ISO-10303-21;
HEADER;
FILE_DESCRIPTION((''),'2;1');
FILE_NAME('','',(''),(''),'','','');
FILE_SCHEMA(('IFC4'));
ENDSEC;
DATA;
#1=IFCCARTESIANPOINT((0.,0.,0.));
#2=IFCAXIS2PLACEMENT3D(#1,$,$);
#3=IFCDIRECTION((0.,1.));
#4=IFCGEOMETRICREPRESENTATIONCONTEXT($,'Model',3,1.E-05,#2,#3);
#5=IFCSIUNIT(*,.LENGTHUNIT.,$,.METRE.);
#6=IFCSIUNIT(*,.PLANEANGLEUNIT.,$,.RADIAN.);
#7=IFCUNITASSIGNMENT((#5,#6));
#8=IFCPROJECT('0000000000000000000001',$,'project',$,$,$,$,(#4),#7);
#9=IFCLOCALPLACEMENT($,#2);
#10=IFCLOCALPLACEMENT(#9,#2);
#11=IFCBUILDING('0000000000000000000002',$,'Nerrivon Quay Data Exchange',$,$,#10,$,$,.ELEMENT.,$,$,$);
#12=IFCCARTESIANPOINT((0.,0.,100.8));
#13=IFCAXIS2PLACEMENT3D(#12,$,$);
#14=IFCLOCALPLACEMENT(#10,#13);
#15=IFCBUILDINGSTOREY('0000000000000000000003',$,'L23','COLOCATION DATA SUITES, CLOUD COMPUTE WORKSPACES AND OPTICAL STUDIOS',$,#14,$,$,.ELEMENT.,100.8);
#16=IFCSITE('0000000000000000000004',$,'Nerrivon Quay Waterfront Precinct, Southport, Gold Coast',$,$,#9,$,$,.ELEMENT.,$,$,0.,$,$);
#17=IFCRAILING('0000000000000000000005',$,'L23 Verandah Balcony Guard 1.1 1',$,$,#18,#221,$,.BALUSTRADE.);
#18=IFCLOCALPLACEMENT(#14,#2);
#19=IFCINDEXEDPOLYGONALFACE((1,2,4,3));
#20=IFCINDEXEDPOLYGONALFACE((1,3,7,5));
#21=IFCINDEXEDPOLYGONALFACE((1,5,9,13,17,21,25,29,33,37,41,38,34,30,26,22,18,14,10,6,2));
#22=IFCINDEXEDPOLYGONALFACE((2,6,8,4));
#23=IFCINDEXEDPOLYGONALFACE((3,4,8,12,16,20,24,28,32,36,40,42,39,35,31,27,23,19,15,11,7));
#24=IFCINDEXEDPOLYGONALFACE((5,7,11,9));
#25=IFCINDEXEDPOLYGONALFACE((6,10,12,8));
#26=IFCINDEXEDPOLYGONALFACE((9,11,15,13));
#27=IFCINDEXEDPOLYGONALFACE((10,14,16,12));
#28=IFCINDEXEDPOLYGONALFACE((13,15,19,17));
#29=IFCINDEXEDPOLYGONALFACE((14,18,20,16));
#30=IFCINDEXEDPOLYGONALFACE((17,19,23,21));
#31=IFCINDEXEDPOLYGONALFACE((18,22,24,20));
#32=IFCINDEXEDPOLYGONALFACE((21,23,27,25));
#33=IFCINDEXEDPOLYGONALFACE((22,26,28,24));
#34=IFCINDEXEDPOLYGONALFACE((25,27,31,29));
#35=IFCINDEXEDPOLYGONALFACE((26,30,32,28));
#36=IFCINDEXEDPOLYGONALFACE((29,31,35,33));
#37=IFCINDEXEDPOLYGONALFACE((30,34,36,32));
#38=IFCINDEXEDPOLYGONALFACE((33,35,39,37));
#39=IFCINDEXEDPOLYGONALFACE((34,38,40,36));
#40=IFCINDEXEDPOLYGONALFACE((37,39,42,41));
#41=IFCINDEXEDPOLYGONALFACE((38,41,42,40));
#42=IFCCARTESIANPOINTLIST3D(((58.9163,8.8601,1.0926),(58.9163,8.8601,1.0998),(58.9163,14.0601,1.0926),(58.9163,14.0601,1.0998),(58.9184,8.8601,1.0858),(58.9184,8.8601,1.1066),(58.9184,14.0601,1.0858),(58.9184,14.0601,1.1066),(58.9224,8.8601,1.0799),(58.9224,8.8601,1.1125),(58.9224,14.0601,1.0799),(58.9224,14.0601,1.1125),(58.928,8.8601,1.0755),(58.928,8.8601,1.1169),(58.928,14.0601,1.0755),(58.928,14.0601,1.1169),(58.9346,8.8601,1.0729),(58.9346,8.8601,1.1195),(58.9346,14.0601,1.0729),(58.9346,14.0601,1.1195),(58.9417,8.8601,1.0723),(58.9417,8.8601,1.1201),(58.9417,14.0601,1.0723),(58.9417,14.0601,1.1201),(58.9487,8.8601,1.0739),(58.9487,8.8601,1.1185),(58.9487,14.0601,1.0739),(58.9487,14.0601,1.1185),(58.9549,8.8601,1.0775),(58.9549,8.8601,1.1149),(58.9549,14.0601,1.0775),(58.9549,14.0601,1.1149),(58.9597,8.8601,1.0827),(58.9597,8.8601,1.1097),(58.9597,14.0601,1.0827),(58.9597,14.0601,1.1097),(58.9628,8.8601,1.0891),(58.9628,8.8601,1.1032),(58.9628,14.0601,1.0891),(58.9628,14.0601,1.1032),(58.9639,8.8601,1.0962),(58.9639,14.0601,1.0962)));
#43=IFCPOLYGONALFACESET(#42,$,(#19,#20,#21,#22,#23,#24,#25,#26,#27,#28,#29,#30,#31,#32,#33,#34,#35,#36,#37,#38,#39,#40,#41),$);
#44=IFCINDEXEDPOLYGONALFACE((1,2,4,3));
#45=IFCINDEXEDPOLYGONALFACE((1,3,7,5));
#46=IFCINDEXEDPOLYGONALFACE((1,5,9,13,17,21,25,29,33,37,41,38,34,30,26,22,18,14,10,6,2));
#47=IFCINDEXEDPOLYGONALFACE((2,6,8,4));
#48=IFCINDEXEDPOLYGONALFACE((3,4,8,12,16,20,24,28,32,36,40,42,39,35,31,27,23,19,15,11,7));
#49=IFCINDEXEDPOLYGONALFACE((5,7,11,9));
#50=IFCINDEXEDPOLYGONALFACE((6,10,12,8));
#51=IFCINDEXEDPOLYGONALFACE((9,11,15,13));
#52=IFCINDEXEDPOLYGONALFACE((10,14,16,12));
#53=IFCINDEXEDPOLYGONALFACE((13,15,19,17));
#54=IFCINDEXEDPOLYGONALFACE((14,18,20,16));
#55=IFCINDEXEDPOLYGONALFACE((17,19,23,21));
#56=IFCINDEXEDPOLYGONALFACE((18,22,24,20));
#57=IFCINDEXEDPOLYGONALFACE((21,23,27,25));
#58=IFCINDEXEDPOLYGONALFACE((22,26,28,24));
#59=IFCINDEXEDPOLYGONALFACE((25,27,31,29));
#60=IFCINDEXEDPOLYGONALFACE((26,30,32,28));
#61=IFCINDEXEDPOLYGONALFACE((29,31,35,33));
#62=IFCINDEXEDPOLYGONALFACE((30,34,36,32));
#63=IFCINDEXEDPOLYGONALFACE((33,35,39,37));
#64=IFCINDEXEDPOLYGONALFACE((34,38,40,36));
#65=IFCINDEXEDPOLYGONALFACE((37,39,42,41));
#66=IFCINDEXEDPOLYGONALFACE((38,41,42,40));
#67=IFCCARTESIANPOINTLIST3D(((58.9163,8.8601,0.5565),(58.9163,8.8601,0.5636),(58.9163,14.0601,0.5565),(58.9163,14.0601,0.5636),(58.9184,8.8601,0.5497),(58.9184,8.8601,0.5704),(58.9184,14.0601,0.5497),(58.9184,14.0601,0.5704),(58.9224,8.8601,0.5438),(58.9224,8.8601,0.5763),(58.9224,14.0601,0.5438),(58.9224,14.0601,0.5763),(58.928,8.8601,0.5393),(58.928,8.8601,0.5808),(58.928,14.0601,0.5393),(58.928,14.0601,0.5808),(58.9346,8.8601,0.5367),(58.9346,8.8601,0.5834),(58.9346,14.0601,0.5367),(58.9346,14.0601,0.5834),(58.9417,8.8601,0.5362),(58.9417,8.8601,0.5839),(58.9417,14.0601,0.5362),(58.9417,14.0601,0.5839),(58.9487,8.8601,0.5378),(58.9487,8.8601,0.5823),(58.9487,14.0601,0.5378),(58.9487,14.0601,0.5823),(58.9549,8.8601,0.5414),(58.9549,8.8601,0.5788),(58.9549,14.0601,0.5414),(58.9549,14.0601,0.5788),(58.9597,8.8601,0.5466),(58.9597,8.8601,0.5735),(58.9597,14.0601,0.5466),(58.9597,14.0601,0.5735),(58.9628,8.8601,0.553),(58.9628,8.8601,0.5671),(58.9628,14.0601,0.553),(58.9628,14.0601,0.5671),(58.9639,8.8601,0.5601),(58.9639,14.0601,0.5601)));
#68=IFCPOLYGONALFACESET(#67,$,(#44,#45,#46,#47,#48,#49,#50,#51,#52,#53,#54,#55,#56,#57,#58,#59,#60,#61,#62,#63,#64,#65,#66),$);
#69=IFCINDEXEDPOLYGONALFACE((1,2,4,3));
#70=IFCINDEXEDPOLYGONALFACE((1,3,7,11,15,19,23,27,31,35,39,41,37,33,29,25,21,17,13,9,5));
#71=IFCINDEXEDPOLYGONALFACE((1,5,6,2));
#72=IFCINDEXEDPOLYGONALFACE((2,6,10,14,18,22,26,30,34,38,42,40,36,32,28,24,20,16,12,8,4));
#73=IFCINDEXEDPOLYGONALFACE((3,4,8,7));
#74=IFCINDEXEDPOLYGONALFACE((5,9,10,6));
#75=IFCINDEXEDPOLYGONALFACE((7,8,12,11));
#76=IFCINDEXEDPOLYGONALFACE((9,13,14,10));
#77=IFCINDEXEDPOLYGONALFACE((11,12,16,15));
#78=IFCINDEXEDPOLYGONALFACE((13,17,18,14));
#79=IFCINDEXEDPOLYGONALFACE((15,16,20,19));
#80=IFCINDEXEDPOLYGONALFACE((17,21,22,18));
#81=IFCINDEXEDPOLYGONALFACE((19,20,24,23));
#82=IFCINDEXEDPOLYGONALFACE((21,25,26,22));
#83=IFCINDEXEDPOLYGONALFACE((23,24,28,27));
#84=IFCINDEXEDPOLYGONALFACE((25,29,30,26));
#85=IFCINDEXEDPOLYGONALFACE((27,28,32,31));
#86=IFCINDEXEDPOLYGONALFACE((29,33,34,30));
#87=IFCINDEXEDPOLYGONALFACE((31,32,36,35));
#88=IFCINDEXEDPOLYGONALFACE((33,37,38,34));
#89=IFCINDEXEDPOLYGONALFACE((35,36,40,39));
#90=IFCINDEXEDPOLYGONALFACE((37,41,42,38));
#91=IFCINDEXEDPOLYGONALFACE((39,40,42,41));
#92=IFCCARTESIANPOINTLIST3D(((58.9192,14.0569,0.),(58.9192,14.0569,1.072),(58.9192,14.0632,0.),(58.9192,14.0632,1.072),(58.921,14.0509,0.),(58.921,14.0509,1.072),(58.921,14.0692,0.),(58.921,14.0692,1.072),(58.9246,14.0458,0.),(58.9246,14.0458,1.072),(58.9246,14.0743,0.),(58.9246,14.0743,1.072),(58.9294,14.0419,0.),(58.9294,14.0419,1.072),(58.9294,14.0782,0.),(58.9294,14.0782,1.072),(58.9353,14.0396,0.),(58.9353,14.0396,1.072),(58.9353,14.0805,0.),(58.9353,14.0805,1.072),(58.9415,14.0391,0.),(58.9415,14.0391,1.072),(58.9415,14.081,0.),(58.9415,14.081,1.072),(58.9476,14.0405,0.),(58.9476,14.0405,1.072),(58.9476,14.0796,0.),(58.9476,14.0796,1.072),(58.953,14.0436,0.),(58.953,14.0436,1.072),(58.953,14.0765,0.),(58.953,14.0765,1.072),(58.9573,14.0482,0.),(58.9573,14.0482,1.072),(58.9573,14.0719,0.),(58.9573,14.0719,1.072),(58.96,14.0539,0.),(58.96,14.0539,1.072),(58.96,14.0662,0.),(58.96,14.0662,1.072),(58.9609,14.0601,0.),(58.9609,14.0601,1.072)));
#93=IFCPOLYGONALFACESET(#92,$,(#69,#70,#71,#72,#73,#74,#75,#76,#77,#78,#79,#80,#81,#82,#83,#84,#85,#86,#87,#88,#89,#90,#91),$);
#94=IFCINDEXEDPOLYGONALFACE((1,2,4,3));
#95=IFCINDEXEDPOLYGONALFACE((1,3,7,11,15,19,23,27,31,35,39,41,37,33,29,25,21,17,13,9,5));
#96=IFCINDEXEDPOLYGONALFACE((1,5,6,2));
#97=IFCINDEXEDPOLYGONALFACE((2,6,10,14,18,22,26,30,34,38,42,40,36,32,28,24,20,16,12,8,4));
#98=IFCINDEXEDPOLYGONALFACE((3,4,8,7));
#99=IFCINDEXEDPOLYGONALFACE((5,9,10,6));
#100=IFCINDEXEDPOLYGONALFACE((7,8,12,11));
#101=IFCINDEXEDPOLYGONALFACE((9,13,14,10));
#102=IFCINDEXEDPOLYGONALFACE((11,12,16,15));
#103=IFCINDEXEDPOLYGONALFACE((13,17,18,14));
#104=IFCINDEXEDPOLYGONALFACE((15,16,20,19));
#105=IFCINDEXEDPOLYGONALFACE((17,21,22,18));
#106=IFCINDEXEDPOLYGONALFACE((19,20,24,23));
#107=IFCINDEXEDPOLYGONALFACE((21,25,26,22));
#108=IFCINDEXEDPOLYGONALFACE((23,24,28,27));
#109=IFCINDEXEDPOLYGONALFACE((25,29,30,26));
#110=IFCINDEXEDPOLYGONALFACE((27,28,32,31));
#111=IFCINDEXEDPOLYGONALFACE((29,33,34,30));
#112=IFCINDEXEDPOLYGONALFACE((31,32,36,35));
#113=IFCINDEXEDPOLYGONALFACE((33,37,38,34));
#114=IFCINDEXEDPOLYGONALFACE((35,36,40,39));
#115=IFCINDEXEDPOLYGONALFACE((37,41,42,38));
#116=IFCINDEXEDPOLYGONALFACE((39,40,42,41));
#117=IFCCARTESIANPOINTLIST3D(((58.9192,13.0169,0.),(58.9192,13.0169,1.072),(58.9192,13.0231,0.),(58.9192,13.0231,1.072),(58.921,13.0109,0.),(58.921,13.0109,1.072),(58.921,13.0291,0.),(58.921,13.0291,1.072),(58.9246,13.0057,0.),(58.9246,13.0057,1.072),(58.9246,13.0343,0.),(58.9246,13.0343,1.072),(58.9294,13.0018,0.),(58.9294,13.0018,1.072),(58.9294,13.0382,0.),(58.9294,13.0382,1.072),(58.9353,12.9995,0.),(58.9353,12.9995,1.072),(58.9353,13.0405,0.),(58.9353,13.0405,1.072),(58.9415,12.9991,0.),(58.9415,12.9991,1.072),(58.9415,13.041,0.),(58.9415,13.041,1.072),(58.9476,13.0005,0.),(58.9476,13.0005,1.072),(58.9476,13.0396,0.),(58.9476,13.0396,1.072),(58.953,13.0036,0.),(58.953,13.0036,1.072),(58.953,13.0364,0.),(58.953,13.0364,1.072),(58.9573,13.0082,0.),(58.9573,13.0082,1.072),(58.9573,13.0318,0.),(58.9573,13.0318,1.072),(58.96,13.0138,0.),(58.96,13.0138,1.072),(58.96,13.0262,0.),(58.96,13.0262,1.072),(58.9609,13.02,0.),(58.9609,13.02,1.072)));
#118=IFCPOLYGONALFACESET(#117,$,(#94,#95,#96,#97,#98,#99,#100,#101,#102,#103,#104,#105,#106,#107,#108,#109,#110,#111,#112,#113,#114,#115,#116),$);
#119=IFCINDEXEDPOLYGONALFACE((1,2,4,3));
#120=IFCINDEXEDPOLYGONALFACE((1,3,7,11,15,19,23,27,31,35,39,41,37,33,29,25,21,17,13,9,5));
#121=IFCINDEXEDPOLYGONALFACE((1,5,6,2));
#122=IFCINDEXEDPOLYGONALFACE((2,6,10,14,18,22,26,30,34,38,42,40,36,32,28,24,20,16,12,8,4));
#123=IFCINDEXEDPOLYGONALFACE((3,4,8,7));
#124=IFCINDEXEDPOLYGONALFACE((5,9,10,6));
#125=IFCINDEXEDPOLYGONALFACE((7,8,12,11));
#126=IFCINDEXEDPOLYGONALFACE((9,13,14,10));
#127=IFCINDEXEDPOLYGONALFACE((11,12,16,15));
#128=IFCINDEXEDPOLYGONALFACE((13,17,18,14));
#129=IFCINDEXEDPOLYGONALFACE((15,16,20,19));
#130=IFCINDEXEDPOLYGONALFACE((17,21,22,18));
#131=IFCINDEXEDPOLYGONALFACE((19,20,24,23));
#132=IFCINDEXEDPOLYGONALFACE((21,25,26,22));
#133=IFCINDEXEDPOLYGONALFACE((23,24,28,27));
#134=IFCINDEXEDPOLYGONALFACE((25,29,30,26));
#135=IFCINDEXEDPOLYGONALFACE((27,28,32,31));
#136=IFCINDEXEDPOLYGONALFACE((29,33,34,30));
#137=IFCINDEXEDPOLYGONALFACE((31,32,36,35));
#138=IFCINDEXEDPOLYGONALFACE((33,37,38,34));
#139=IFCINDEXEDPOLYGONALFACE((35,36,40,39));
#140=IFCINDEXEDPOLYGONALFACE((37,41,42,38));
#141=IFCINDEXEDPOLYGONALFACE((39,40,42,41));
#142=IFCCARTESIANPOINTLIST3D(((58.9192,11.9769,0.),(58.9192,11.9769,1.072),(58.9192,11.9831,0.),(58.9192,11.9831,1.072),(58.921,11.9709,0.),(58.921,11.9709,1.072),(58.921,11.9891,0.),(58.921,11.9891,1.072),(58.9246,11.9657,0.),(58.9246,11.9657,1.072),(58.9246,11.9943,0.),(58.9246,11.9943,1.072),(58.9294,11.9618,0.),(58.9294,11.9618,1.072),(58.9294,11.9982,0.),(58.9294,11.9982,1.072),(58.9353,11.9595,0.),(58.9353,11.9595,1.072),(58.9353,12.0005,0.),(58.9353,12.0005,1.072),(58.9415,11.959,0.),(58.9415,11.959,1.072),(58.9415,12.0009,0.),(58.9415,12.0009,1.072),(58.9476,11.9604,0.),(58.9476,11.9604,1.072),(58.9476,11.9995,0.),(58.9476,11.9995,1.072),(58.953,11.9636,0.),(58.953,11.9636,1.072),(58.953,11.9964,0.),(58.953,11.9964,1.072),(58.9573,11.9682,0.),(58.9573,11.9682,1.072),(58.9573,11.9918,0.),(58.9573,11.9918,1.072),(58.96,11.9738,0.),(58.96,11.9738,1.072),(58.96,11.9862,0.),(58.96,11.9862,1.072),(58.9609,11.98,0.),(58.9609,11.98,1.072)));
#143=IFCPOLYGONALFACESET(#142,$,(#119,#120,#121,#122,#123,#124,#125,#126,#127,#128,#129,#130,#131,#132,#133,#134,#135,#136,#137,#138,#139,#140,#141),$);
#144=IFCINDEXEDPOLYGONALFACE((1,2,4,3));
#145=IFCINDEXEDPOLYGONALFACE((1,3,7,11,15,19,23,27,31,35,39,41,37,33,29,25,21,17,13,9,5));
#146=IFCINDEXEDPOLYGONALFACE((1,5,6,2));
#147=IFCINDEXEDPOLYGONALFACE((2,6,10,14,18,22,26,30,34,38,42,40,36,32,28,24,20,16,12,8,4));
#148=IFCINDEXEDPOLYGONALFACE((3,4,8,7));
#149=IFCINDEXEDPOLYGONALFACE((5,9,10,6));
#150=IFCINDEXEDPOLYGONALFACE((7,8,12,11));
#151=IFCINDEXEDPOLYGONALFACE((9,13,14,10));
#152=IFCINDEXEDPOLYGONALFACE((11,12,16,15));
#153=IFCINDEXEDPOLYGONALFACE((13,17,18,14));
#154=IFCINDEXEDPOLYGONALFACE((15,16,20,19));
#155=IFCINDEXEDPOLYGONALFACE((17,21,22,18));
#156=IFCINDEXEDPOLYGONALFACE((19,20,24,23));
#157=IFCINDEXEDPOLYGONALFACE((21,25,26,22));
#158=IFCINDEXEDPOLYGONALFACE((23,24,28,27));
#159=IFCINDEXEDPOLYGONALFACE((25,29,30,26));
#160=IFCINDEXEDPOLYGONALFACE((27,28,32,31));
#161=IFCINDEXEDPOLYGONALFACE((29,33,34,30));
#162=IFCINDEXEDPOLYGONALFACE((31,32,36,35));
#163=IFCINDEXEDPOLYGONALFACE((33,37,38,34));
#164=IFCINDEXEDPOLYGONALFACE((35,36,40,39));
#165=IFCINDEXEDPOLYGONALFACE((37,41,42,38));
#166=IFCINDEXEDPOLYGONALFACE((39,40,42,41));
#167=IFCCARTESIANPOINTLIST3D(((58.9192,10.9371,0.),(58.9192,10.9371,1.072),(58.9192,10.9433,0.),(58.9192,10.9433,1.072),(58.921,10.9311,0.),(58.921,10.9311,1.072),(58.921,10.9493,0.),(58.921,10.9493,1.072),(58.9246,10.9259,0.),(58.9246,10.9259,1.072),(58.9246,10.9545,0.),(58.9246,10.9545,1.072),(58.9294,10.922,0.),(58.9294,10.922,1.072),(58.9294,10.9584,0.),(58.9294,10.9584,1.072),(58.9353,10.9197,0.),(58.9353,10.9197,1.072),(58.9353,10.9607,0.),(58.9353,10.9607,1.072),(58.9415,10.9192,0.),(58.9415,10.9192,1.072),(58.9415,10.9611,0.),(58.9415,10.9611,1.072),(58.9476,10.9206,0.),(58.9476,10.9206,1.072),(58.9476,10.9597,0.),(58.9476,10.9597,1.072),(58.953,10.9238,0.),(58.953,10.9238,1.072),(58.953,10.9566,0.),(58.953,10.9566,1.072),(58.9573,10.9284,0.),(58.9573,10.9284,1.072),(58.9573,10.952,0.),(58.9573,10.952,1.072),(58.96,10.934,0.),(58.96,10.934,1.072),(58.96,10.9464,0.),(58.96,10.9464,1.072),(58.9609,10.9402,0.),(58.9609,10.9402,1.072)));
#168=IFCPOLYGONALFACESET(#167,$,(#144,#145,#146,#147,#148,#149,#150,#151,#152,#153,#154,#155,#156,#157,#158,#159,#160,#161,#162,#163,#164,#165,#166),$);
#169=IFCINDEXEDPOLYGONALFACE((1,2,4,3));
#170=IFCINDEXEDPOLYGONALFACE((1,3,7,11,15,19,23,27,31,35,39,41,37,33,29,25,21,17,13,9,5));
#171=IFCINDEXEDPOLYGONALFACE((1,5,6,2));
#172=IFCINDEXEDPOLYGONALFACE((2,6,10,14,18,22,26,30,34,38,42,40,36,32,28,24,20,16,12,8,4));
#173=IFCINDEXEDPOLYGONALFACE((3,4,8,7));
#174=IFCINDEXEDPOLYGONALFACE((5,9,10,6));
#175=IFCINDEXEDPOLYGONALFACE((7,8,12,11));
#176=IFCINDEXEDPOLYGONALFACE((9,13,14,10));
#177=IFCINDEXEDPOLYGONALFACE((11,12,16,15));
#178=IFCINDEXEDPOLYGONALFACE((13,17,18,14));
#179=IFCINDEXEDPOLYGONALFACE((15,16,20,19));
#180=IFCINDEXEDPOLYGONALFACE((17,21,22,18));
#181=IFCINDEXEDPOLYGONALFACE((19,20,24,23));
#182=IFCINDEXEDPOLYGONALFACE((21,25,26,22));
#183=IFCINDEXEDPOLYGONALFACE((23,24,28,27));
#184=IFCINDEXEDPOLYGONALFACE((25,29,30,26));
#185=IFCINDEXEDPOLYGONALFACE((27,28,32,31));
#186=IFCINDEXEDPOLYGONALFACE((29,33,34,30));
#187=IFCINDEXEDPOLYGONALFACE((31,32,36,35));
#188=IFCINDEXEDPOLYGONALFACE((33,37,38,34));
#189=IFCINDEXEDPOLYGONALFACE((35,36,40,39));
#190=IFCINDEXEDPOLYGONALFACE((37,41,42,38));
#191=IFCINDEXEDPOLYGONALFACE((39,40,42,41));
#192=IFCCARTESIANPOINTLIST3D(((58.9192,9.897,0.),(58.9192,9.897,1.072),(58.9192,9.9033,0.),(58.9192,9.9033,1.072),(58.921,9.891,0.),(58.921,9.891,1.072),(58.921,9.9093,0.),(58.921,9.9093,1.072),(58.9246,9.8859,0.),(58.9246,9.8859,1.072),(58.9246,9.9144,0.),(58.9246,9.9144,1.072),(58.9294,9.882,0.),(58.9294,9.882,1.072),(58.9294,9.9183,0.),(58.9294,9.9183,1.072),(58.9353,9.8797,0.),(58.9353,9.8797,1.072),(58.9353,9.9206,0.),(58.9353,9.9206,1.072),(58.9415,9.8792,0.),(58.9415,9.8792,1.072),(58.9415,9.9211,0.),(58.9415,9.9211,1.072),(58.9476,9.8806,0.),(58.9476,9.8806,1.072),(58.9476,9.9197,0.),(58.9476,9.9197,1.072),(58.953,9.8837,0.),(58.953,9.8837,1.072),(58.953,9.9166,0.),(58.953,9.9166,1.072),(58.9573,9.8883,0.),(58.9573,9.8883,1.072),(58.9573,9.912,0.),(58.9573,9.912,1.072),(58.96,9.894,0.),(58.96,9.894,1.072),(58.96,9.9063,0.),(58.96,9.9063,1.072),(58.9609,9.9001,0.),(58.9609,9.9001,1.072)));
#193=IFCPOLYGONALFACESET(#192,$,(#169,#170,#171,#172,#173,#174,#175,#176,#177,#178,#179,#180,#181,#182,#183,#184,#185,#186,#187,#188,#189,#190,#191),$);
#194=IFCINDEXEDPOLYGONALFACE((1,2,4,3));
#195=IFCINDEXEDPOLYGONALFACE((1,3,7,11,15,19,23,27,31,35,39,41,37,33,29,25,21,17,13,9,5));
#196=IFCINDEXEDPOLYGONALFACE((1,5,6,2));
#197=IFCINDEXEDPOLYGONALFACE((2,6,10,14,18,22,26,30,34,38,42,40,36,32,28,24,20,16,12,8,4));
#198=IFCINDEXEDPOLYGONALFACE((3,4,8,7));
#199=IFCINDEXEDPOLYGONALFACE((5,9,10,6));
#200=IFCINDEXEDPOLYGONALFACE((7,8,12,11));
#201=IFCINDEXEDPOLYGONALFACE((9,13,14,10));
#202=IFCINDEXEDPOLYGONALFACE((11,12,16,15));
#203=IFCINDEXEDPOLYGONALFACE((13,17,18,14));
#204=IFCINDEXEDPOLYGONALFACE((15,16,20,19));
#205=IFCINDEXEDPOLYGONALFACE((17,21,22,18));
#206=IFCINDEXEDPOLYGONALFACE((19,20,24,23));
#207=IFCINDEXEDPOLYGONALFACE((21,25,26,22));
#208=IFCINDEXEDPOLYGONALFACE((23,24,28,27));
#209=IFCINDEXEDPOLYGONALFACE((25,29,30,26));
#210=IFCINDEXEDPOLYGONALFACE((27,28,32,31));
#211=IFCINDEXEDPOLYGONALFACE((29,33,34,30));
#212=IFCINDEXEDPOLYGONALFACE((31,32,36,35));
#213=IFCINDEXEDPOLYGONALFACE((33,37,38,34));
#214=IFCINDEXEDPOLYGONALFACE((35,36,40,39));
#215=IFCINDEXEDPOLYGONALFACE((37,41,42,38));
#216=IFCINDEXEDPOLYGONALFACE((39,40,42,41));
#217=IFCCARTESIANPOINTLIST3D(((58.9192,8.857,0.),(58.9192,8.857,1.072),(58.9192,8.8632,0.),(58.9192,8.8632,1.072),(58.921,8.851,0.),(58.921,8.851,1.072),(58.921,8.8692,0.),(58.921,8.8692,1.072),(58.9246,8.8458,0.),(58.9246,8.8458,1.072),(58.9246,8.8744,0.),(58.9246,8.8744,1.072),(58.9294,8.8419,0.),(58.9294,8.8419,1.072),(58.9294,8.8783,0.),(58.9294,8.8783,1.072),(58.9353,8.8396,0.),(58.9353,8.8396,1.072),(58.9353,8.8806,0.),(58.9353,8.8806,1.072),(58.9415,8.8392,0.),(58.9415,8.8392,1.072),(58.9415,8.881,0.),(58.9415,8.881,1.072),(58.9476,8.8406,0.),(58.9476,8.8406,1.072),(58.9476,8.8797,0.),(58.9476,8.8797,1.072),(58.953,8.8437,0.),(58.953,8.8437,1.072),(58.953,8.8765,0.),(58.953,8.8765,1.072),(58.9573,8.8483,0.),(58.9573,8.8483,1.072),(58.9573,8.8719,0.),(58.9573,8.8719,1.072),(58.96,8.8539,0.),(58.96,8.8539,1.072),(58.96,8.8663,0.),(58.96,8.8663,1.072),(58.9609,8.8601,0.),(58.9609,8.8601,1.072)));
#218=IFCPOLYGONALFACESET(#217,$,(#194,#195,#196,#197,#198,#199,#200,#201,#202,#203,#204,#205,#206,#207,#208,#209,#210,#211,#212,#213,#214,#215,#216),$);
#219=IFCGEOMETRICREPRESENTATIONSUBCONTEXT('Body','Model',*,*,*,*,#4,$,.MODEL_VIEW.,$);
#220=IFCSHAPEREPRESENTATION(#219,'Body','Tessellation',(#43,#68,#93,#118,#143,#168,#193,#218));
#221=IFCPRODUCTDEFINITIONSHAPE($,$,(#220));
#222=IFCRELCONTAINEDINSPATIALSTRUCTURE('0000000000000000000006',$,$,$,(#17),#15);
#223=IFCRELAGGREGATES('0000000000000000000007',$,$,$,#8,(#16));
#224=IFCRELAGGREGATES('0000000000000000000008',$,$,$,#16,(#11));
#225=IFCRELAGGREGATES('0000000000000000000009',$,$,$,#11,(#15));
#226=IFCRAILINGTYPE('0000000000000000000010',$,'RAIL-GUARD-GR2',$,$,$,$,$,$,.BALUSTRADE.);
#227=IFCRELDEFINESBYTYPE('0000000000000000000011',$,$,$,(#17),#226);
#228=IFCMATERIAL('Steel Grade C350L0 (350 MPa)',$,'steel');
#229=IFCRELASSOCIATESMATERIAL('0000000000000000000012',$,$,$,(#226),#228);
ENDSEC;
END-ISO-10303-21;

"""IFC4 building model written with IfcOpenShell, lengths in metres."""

from ifc_helpers import new_model, si_unit, direction, frame, origin, origin_2d, place, context, subcontext, project, spatial, circle, extrude, material, type_object, element, save


model = new_model("IFC4")

# Units and contexts
model_context = context("Model", 3, precision=1e-05, world=origin(), true_north=direction((0.0, 1.0)))
body_context = subcontext(model_context, "Body", "Model", "MODEL_VIEW")
ifc_project = project(units=[si_unit("LENGTHUNIT", "METRE"), si_unit("PLANEANGLEUNIT", "RADIAN")], contexts=[model_context])

# Site, building, storey
site_placement = place(None, origin())
site = spatial("IfcSite", under=ifc_project, at=site_placement, Name="Nerrivon Quay Waterfront Precinct, Southport, Gold Coast", CompositionType="ELEMENT", RefElevation=0.0)
building_placement = place(site_placement, origin())
building = spatial("IfcBuilding", under=site, at=building_placement, Name="Nerrivon Quay Data Exchange", CompositionType="ELEMENT")
storey_placement = place(building_placement, frame((0.0, 0.0, 100.8)))
storey = spatial("IfcBuildingStorey", under=building, at=storey_placement, Name="L23", Description="COLOCATION DATA SUITES, CLOUD COMPUTE WORKSPACES AND OPTICAL STUDIOS", CompositionType="ELEMENT", Elevation=100.8)

# Railing
ifc_material_1 = material(Name="Steel Grade C350L0 (350 MPa)", Category="steel")
railing_type = type_object("IfcRailingType", Name="RAIL-GUARD-GR2", PredefinedType="BALUSTRADE", material=ifc_material_1)
railing_1_placement = place(storey_placement, frame((58.9399, 14.0601, 0.0)))
element("IfcRailing", 1, at=railing_1_placement, inside=storey, type_object=railing_type, Name="L23 Verandah Balcony Guard 1.1 1", PredefinedType="BALUSTRADE", context=body_context, shape_type="SweptSolid", body=[
    extrude(circle(Radius=0.0239, at=origin_2d()), frame((0.0, 0.0, 1.0962), z_axis=(0.0, -1.0, 0.0), x_axis=(1.0, 0.0, 0.0)), (0.0, 0.0, 1.0), 5.2),
    extrude(circle(Radius=0.0239, at=origin_2d()), frame((0.0, 0.0, 0.5601), z_axis=(0.0, -1.0, 0.0), x_axis=(1.0, 0.0, 0.0)), (0.0, 0.0, 1.0), 5.2),
    extrude(circle(Radius=0.021, at=origin_2d()), origin(), (0.0, 0.0, 1.0), 1.072),
    extrude(circle(Radius=0.021, at=origin_2d()), frame((0.0, -1.04, 0.0)), (0.0, 0.0, 1.0), 1.072),
    extrude(circle(Radius=0.021, at=origin_2d()), frame((0.0, -2.0801, 0.0)), (0.0, 0.0, 1.0), 1.072),
    extrude(circle(Radius=0.021, at=origin_2d()), frame((0.0, -3.1199, 0.0)), (0.0, 0.0, 1.0), 1.072),
    extrude(circle(Radius=0.021, at=origin_2d()), frame((0.0, -4.1599, 0.0)), (0.0, 0.0, 1.0), 1.072),
    extrude(circle(Radius=0.021, at=origin_2d()), frame((0.0, -5.2, 0.0)), (0.0, 0.0, 1.0), 1.072),
])

save(model, "model.ifc")
